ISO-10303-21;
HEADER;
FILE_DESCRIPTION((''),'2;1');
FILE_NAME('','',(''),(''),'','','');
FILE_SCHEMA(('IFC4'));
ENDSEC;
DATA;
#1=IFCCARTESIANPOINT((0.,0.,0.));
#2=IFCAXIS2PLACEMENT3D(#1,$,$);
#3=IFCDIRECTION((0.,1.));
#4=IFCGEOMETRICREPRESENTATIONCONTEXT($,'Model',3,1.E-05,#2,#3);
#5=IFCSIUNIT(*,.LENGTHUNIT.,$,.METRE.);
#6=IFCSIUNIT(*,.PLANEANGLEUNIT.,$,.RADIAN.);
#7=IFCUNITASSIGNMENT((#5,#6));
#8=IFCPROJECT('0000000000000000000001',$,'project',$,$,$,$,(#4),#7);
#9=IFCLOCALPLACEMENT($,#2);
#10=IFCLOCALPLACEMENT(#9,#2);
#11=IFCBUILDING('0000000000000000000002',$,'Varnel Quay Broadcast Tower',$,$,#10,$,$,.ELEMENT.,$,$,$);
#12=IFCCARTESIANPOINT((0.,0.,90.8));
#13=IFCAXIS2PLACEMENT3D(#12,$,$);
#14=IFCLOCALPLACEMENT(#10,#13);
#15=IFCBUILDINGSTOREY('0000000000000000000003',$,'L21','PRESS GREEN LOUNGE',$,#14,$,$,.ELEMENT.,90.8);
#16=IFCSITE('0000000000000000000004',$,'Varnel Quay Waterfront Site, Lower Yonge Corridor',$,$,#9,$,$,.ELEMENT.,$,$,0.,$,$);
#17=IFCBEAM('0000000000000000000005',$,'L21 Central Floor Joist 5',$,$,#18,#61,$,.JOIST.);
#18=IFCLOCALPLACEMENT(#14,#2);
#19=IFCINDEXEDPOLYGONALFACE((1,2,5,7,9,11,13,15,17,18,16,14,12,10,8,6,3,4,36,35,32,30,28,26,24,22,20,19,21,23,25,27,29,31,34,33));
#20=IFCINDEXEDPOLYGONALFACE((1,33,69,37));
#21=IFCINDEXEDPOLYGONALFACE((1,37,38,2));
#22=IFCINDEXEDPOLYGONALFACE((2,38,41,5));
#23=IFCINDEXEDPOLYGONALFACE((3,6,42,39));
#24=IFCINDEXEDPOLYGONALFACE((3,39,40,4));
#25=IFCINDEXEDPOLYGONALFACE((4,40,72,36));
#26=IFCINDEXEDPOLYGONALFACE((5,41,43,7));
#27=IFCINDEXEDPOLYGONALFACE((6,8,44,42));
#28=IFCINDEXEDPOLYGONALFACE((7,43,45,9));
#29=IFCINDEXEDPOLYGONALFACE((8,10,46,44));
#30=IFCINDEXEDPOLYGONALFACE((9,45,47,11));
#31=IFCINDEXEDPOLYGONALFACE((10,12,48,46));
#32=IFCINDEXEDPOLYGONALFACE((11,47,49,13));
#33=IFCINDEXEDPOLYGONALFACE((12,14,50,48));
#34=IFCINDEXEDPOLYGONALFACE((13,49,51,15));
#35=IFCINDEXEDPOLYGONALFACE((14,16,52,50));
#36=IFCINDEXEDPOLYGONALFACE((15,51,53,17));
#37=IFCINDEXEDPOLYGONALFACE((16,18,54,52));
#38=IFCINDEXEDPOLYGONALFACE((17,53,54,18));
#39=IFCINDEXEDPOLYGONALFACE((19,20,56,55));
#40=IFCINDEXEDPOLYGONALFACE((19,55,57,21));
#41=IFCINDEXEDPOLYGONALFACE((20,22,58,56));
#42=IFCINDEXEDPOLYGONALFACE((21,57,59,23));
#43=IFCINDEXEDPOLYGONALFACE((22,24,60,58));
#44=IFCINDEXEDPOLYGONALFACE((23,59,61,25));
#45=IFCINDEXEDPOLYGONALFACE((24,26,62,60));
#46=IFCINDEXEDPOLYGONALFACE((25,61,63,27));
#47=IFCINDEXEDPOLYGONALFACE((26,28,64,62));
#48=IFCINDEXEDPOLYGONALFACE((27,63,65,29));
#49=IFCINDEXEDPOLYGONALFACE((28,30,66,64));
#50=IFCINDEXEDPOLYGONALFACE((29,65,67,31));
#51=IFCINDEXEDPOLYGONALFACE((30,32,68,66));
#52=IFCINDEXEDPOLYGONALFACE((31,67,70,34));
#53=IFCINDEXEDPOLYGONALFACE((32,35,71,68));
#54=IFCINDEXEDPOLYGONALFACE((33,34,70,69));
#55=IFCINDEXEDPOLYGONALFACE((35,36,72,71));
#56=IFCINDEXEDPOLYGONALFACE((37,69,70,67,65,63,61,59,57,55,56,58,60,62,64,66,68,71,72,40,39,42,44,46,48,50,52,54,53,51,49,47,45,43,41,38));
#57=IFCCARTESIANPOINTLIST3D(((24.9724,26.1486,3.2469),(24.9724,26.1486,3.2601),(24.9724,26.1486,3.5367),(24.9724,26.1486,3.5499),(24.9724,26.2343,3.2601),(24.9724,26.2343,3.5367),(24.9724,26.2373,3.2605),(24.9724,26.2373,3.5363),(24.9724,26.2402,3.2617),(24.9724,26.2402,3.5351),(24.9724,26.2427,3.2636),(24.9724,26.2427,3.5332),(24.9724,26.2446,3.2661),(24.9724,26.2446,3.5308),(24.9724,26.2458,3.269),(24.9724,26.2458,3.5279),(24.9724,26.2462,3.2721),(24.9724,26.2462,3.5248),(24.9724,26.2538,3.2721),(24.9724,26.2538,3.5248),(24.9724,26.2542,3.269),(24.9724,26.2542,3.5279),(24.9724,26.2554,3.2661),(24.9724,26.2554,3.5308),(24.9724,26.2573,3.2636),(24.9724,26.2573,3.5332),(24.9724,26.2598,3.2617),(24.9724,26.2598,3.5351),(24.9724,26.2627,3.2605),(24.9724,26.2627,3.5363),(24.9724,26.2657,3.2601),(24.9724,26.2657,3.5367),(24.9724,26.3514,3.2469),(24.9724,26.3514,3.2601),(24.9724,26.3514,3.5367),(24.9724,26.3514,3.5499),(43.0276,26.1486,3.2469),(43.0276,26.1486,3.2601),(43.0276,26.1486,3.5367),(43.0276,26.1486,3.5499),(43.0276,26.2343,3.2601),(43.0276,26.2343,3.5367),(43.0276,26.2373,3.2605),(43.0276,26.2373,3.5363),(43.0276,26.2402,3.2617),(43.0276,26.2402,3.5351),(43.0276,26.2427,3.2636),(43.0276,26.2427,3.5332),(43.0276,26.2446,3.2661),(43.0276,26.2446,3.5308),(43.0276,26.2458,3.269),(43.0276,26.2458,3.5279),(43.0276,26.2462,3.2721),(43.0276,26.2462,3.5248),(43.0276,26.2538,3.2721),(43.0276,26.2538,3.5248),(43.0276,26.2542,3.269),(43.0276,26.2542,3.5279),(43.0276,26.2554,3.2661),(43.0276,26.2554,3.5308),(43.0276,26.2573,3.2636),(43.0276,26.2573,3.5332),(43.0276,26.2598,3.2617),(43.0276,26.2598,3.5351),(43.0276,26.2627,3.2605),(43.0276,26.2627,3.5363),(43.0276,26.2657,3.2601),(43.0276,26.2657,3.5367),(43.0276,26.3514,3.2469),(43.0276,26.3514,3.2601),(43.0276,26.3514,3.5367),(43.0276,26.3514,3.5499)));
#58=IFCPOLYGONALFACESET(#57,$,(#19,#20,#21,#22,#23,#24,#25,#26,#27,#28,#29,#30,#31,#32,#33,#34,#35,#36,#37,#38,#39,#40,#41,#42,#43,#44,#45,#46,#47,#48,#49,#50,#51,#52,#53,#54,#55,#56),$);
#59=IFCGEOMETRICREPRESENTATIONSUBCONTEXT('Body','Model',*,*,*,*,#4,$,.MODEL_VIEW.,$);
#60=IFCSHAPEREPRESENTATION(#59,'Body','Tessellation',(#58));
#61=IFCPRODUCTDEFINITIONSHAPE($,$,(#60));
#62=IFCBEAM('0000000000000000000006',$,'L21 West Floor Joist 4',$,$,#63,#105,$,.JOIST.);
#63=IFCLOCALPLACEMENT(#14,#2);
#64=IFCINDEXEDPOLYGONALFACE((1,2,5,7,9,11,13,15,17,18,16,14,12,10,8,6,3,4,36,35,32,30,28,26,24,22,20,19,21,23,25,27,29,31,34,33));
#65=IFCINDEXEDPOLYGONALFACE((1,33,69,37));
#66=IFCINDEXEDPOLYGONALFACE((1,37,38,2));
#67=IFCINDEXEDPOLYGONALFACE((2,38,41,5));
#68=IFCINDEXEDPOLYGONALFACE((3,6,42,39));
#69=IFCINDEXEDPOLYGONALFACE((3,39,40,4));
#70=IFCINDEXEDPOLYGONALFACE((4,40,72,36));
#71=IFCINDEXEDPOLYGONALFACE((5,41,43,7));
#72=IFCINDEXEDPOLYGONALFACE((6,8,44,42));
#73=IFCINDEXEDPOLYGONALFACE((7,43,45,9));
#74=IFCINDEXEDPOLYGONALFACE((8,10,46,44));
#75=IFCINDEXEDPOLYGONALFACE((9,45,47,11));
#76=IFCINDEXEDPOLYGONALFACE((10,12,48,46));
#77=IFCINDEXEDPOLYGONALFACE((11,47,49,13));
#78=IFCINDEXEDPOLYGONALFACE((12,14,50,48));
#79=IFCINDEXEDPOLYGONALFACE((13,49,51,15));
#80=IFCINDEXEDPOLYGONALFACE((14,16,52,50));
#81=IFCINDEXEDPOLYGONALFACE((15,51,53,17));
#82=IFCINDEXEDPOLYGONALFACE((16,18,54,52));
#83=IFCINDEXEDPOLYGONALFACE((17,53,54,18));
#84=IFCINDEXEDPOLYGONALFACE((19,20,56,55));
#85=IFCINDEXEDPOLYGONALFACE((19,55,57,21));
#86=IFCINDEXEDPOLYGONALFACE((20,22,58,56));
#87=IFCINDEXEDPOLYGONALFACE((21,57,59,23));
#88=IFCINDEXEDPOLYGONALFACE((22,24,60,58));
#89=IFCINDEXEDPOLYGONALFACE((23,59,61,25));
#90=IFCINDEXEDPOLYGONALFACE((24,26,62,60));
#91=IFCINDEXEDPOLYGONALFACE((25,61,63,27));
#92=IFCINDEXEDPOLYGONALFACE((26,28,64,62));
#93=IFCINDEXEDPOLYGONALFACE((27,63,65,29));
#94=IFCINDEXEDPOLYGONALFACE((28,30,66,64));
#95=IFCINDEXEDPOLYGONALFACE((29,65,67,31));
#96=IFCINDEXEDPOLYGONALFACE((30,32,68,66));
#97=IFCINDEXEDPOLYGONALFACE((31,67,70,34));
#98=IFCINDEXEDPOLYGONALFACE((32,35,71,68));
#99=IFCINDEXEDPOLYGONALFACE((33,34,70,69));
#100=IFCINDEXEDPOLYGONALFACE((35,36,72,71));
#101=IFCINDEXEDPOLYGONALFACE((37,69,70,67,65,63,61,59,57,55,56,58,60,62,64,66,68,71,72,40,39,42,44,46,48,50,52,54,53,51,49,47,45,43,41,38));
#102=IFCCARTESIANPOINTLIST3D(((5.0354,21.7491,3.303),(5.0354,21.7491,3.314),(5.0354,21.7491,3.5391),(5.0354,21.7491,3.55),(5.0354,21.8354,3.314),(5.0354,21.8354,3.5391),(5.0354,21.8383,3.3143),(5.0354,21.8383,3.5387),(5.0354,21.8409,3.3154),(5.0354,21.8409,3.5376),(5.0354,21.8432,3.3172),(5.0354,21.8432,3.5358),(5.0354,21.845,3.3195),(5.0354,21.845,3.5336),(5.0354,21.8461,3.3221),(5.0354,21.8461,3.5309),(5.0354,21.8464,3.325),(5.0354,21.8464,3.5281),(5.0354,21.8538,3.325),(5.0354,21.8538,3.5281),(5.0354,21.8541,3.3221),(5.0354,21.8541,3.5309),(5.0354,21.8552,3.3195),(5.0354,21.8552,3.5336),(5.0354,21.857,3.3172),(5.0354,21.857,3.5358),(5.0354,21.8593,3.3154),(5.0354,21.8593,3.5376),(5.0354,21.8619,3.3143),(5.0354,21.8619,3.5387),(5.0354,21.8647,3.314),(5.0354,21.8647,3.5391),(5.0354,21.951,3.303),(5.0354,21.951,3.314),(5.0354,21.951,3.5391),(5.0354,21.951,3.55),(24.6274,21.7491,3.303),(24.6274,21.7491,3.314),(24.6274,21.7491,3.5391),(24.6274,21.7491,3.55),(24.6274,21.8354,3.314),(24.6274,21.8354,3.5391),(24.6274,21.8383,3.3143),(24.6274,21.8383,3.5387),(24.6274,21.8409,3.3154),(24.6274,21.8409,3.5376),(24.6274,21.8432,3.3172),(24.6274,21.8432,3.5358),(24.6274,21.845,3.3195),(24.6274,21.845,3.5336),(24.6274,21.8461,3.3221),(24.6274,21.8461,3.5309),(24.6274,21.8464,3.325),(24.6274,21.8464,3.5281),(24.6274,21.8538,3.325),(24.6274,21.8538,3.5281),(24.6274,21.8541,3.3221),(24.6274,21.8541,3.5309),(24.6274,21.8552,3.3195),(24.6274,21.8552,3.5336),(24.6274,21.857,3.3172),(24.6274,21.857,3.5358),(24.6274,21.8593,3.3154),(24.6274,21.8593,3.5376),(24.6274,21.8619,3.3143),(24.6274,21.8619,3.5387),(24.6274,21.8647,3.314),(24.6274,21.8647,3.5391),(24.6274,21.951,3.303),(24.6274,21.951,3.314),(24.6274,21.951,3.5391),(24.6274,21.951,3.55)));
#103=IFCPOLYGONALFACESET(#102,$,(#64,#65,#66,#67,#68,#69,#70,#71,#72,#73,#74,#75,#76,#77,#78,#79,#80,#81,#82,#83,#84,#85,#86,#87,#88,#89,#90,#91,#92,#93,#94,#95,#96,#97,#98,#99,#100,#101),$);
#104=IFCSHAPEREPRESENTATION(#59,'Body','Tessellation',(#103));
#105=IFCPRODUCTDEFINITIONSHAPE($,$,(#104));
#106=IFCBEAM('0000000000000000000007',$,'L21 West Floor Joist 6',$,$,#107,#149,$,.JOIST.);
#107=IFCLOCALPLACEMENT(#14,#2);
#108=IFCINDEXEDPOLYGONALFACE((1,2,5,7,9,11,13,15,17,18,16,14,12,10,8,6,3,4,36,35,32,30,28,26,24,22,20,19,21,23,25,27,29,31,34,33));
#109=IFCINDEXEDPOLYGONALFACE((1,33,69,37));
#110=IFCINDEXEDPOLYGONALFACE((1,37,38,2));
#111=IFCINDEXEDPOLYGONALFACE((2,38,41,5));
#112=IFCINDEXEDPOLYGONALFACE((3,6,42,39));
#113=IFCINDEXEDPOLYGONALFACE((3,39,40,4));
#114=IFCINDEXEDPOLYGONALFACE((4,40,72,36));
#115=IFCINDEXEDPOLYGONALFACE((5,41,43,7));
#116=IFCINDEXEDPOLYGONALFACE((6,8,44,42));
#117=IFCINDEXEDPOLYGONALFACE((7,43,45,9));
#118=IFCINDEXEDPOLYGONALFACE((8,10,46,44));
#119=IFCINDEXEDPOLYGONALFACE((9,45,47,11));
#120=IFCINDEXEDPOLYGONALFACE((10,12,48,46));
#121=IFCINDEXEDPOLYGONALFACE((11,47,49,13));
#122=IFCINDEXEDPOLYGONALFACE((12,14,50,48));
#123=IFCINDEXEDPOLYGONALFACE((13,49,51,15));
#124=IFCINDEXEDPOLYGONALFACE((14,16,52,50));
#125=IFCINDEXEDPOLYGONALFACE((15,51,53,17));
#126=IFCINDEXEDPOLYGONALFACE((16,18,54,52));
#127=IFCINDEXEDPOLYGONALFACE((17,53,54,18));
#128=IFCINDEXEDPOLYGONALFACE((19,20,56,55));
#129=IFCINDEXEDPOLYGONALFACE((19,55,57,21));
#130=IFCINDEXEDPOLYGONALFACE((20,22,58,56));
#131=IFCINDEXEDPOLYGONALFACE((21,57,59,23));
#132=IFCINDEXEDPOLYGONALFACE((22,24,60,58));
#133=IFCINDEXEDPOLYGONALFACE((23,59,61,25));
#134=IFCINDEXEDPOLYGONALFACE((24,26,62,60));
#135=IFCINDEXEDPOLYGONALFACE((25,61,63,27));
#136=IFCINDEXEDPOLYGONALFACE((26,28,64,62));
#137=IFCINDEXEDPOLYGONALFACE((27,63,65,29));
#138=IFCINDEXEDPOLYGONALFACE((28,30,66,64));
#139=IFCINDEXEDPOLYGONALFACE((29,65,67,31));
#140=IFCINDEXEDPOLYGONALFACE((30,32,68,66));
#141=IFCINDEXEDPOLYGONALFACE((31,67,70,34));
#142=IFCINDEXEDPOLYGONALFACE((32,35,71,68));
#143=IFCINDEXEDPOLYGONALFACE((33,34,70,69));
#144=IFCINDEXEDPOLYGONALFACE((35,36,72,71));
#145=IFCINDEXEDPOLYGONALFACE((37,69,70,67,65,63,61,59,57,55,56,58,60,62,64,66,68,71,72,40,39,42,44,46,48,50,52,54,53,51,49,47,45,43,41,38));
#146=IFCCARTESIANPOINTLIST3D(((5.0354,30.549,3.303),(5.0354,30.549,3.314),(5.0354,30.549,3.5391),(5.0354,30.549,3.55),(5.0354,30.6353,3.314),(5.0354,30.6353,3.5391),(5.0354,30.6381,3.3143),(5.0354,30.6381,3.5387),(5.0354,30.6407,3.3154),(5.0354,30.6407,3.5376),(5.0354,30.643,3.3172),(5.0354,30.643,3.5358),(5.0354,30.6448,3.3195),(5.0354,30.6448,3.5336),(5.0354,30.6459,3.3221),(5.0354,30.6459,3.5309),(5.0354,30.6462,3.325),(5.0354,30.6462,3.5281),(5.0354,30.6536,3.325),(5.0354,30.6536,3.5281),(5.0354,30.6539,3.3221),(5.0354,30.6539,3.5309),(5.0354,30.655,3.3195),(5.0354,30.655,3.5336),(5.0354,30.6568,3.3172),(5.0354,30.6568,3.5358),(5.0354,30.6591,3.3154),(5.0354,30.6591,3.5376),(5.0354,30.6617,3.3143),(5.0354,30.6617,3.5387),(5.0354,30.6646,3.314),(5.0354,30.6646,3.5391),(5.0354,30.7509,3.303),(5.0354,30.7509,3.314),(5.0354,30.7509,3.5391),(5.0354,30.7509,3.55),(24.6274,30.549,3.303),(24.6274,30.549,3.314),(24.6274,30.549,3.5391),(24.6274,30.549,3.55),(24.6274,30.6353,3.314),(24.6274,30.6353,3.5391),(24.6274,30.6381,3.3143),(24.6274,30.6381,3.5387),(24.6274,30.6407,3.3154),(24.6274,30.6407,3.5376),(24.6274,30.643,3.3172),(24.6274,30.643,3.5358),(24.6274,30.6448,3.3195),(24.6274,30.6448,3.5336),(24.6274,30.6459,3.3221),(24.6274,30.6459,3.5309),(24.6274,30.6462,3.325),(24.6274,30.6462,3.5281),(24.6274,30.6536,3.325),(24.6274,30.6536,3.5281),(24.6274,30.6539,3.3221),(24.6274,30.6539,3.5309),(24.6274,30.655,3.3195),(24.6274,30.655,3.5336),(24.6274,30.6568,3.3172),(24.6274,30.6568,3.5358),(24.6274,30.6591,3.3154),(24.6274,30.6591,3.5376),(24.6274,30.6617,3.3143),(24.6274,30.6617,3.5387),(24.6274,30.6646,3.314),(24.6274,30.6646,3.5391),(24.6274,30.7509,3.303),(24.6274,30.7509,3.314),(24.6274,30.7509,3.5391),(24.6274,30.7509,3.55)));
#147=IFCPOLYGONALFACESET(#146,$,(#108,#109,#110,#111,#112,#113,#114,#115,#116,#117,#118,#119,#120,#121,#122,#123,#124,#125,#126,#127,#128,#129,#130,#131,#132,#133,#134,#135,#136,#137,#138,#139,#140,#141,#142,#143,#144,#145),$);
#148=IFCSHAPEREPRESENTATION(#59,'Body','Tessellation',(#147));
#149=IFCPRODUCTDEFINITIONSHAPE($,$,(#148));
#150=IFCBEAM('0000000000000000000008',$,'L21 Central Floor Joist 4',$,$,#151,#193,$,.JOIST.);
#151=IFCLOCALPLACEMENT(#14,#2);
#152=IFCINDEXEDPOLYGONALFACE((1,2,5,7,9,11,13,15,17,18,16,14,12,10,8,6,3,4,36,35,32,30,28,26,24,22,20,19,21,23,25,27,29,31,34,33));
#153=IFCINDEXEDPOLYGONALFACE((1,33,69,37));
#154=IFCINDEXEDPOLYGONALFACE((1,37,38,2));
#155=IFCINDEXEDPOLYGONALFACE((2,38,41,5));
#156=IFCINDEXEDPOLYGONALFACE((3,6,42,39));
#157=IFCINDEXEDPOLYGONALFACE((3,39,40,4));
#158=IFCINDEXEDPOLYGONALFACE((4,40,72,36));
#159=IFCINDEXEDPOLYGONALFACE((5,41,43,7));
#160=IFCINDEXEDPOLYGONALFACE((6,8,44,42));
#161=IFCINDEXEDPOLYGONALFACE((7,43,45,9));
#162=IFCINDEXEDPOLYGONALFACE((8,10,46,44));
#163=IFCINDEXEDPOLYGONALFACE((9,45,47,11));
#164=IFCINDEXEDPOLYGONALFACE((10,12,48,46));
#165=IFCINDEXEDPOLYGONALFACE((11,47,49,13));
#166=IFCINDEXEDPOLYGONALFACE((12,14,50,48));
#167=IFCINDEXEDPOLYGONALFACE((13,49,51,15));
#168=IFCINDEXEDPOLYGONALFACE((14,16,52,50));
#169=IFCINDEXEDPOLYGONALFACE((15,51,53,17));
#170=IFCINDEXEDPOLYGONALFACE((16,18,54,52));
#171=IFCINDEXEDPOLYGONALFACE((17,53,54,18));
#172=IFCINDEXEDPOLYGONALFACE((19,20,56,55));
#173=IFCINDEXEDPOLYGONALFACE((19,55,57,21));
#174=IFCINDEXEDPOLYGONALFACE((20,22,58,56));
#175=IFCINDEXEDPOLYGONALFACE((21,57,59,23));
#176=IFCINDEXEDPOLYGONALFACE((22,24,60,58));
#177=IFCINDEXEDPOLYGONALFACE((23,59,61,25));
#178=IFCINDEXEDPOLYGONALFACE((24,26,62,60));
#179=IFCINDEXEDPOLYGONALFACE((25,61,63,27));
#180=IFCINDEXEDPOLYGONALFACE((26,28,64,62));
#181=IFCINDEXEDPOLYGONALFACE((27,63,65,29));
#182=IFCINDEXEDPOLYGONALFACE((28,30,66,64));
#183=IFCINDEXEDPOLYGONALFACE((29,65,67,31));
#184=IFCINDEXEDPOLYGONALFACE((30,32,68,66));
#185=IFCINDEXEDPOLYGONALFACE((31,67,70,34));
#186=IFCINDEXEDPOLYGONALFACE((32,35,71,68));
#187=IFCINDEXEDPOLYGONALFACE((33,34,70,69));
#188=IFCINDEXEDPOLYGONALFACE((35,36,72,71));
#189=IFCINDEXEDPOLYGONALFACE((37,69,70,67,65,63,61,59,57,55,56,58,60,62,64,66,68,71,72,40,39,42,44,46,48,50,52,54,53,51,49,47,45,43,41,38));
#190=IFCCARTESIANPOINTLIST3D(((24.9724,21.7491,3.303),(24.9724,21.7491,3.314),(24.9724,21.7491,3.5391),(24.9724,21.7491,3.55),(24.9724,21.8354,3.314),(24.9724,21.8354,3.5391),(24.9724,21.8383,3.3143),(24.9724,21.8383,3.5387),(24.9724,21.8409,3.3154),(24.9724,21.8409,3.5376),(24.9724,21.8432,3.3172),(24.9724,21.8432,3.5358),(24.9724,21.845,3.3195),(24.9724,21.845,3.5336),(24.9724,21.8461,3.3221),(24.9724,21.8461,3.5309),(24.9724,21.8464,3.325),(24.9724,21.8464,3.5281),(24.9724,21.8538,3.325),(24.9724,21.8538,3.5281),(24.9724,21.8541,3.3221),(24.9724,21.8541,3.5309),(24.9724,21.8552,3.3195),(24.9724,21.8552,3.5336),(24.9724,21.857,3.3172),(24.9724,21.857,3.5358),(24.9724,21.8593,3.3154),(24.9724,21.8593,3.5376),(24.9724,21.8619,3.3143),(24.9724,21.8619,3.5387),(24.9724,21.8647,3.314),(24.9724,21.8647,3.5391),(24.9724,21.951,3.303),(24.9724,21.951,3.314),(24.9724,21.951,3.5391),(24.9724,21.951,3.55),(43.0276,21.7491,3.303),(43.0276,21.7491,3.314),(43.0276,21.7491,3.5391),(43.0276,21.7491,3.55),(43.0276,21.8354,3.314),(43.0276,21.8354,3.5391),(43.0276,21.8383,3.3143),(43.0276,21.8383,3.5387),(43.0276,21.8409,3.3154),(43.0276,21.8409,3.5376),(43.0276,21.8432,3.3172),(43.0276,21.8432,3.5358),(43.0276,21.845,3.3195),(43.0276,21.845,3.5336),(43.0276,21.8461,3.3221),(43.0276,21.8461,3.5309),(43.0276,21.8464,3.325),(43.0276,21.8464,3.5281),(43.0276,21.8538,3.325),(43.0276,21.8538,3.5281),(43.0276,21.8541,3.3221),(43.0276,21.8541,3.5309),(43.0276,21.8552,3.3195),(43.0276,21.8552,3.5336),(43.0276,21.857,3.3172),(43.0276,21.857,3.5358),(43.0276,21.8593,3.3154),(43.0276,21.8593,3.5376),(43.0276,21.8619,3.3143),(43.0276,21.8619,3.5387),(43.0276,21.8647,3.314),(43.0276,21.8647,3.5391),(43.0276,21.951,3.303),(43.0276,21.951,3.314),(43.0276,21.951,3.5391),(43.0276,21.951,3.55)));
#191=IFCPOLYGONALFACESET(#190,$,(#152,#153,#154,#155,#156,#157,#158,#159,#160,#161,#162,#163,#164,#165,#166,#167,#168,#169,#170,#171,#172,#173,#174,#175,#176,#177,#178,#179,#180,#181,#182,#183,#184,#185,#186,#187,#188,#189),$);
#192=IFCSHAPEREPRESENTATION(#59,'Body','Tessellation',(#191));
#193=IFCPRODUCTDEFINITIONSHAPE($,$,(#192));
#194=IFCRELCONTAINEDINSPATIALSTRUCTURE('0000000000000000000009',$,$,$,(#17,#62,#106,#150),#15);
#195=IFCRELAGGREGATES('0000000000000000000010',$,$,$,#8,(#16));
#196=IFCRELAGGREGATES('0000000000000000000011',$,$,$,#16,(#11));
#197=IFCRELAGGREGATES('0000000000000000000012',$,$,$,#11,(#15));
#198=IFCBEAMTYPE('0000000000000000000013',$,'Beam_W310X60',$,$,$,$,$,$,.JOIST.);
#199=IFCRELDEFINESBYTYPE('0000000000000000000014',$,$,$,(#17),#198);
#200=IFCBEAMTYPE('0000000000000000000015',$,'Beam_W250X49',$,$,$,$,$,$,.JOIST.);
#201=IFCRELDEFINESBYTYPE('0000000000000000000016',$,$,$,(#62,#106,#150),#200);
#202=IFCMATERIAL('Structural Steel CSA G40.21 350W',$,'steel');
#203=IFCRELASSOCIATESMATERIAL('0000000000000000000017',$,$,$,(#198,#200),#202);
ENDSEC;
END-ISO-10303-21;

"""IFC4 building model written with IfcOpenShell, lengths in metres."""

from ifc_helpers import new_model, si_unit, direction, frame, origin, origin_2d, place, context, subcontext, project, spatial, i_section, extrude, source, transform, mapped, material, material_profile, profile_set, type_object, type_shapes, element, save


model = new_model("IFC4")

# Units and contexts
model_context = context("Model", 3, precision=1e-05, world=origin(), true_north=direction((0.0, 1.0)))
body_context = subcontext(model_context, "Body", "Model", "MODEL_VIEW")
ifc_project = project(units=[si_unit("LENGTHUNIT", "METRE"), si_unit("PLANEANGLEUNIT", "RADIAN")], contexts=[model_context])

# Site, building, storey
site_placement = place(None, origin())
site = spatial("IfcSite", under=ifc_project, at=site_placement, Name="Varnel Quay Waterfront Site, Lower Yonge Corridor", CompositionType="ELEMENT", RefElevation=0.0)
building_placement = place(site_placement, origin())
building = spatial("IfcBuilding", under=site, at=building_placement, Name="Varnel Quay Broadcast Tower", CompositionType="ELEMENT")
storey_placement = place(building_placement, frame((0.0, 0.0, 90.8)))
storey = spatial("IfcBuildingStorey", under=building, at=storey_placement, Name="L21", Description="PRESS GREEN LOUNGE", CompositionType="ELEMENT", Elevation=90.8)

# Shared definitions
ifc_material_1 = material(Name="Structural Steel CSA G40.21 350W", Category="steel")

# Beams
ifc_material_profile_1 = material_profile(ifc_material_1, i_section(OverallWidth=0.2029, OverallDepth=0.303, WebThickness=0.0076, FlangeThickness=0.0132, FilletRadius=0.012, at=origin_2d()), Name="W310X60")
ifc_profile_set_1 = profile_set([ifc_material_profile_1], Name="Structural Steel CSA G40.21 350W")
beam_type_1 = type_object("IfcBeamType", Name="Beam_W310X60", PredefinedType="JOIST", material=ifc_profile_set_1)
shared_shape_1 = source(origin(), body_context, "Body", "SweptSolid", [
    extrude(i_section(OverallWidth=0.2029, OverallDepth=0.303, WebThickness=0.0076, FlangeThickness=0.0132, FilletRadius=0.012, at=origin_2d()), origin(), (0.0, 0.0, 1.0), 18.0552),
])
beam_1_placement = place(storey_placement, frame((24.9724, 26.25, 3.3984), z_axis=(1.0, 0.0, 0.0), x_axis=(0.0, 1.0, 0.0)))
element("IfcBeam", 1, at=beam_1_placement, inside=storey, type_object=beam_type_1, Name="L21 Central Floor Joist 5", PredefinedType="JOIST", context=body_context, shape_type="MappedRepresentation", body=[
    mapped(shared_shape_1, transform((0.0, 0.0, 0.0), x_axis=(1.0, 0.0, 0.0), y_axis=(0.0, 1.0, 0.0), z_axis=(0.0, 0.0, 1.0), scale=1.0)),
])
ifc_material_profile_2 = material_profile(ifc_material_1, i_section(OverallWidth=0.2019, OverallDepth=0.2471, WebThickness=0.0073, FlangeThickness=0.011, FilletRadius=0.011, at=origin_2d()), Name="W250X49")
ifc_profile_set_2 = profile_set([ifc_material_profile_2], Name="Structural Steel CSA G40.21 350W")
beam_type_2 = type_object("IfcBeamType", Name="Beam_W250X49", PredefinedType="JOIST", material=ifc_profile_set_2)
shared_shape_2 = source(origin(), body_context, "Body", "SweptSolid", [
    extrude(i_section(OverallWidth=0.2019, OverallDepth=0.2471, WebThickness=0.0073, FlangeThickness=0.011, FilletRadius=0.011, at=origin_2d()), origin(), (0.0, 0.0, 1.0), 19.592),
])
for number, where, z_axis, x_axis, name in (
    (2, (5.0354, 21.8501, 3.4265), (1.0, 0.0, 0.0), (0.0, 1.0, 0.0), "L21 West Floor Joist 4"),
    (3, (5.0354, 30.6499, 3.4265), (1.0, 0.0, 0.0), (0.0, 1.0, 0.0), "L21 West Floor Joist 6"),
):
    element("IfcBeam", number, at=place(storey_placement, frame(where, z_axis=z_axis, x_axis=x_axis)), inside=storey, type_object=beam_type_2, Name=name, PredefinedType="JOIST", context=body_context, shape_type="MappedRepresentation", body=[
        mapped(shared_shape_2, transform((0.0, 0.0, 0.0), x_axis=(1.0, 0.0, 0.0), y_axis=(0.0, 1.0, 0.0), z_axis=(0.0, 0.0, 1.0), scale=1.0)),
    ])
shared_shape_3 = source(origin(), body_context, "Body", "SweptSolid", [
    extrude(i_section(OverallWidth=0.2019, OverallDepth=0.2471, WebThickness=0.0073, FlangeThickness=0.011, FilletRadius=0.011, at=origin_2d()), origin(), (0.0, 0.0, 1.0), 18.0552),
])
type_shapes(beam_type_2, [shared_shape_2, shared_shape_3])
for number, where, z_axis, x_axis, name in (
    (4, (24.9724, 21.8501, 3.4265), (1.0, 0.0, 0.0), (0.0, 1.0, 0.0), "L21 Central Floor Joist 4"),
):
    element("IfcBeam", number, at=place(storey_placement, frame(where, z_axis=z_axis, x_axis=x_axis)), inside=storey, type_object=beam_type_2, Name=name, PredefinedType="JOIST", context=body_context, shape_type="MappedRepresentation", body=[
        mapped(shared_shape_3, transform((0.0, 0.0, 0.0), x_axis=(1.0, 0.0, 0.0), y_axis=(0.0, 1.0, 0.0), z_axis=(0.0, 0.0, 1.0), scale=1.0)),
    ])

save(model, "model.ifc")
